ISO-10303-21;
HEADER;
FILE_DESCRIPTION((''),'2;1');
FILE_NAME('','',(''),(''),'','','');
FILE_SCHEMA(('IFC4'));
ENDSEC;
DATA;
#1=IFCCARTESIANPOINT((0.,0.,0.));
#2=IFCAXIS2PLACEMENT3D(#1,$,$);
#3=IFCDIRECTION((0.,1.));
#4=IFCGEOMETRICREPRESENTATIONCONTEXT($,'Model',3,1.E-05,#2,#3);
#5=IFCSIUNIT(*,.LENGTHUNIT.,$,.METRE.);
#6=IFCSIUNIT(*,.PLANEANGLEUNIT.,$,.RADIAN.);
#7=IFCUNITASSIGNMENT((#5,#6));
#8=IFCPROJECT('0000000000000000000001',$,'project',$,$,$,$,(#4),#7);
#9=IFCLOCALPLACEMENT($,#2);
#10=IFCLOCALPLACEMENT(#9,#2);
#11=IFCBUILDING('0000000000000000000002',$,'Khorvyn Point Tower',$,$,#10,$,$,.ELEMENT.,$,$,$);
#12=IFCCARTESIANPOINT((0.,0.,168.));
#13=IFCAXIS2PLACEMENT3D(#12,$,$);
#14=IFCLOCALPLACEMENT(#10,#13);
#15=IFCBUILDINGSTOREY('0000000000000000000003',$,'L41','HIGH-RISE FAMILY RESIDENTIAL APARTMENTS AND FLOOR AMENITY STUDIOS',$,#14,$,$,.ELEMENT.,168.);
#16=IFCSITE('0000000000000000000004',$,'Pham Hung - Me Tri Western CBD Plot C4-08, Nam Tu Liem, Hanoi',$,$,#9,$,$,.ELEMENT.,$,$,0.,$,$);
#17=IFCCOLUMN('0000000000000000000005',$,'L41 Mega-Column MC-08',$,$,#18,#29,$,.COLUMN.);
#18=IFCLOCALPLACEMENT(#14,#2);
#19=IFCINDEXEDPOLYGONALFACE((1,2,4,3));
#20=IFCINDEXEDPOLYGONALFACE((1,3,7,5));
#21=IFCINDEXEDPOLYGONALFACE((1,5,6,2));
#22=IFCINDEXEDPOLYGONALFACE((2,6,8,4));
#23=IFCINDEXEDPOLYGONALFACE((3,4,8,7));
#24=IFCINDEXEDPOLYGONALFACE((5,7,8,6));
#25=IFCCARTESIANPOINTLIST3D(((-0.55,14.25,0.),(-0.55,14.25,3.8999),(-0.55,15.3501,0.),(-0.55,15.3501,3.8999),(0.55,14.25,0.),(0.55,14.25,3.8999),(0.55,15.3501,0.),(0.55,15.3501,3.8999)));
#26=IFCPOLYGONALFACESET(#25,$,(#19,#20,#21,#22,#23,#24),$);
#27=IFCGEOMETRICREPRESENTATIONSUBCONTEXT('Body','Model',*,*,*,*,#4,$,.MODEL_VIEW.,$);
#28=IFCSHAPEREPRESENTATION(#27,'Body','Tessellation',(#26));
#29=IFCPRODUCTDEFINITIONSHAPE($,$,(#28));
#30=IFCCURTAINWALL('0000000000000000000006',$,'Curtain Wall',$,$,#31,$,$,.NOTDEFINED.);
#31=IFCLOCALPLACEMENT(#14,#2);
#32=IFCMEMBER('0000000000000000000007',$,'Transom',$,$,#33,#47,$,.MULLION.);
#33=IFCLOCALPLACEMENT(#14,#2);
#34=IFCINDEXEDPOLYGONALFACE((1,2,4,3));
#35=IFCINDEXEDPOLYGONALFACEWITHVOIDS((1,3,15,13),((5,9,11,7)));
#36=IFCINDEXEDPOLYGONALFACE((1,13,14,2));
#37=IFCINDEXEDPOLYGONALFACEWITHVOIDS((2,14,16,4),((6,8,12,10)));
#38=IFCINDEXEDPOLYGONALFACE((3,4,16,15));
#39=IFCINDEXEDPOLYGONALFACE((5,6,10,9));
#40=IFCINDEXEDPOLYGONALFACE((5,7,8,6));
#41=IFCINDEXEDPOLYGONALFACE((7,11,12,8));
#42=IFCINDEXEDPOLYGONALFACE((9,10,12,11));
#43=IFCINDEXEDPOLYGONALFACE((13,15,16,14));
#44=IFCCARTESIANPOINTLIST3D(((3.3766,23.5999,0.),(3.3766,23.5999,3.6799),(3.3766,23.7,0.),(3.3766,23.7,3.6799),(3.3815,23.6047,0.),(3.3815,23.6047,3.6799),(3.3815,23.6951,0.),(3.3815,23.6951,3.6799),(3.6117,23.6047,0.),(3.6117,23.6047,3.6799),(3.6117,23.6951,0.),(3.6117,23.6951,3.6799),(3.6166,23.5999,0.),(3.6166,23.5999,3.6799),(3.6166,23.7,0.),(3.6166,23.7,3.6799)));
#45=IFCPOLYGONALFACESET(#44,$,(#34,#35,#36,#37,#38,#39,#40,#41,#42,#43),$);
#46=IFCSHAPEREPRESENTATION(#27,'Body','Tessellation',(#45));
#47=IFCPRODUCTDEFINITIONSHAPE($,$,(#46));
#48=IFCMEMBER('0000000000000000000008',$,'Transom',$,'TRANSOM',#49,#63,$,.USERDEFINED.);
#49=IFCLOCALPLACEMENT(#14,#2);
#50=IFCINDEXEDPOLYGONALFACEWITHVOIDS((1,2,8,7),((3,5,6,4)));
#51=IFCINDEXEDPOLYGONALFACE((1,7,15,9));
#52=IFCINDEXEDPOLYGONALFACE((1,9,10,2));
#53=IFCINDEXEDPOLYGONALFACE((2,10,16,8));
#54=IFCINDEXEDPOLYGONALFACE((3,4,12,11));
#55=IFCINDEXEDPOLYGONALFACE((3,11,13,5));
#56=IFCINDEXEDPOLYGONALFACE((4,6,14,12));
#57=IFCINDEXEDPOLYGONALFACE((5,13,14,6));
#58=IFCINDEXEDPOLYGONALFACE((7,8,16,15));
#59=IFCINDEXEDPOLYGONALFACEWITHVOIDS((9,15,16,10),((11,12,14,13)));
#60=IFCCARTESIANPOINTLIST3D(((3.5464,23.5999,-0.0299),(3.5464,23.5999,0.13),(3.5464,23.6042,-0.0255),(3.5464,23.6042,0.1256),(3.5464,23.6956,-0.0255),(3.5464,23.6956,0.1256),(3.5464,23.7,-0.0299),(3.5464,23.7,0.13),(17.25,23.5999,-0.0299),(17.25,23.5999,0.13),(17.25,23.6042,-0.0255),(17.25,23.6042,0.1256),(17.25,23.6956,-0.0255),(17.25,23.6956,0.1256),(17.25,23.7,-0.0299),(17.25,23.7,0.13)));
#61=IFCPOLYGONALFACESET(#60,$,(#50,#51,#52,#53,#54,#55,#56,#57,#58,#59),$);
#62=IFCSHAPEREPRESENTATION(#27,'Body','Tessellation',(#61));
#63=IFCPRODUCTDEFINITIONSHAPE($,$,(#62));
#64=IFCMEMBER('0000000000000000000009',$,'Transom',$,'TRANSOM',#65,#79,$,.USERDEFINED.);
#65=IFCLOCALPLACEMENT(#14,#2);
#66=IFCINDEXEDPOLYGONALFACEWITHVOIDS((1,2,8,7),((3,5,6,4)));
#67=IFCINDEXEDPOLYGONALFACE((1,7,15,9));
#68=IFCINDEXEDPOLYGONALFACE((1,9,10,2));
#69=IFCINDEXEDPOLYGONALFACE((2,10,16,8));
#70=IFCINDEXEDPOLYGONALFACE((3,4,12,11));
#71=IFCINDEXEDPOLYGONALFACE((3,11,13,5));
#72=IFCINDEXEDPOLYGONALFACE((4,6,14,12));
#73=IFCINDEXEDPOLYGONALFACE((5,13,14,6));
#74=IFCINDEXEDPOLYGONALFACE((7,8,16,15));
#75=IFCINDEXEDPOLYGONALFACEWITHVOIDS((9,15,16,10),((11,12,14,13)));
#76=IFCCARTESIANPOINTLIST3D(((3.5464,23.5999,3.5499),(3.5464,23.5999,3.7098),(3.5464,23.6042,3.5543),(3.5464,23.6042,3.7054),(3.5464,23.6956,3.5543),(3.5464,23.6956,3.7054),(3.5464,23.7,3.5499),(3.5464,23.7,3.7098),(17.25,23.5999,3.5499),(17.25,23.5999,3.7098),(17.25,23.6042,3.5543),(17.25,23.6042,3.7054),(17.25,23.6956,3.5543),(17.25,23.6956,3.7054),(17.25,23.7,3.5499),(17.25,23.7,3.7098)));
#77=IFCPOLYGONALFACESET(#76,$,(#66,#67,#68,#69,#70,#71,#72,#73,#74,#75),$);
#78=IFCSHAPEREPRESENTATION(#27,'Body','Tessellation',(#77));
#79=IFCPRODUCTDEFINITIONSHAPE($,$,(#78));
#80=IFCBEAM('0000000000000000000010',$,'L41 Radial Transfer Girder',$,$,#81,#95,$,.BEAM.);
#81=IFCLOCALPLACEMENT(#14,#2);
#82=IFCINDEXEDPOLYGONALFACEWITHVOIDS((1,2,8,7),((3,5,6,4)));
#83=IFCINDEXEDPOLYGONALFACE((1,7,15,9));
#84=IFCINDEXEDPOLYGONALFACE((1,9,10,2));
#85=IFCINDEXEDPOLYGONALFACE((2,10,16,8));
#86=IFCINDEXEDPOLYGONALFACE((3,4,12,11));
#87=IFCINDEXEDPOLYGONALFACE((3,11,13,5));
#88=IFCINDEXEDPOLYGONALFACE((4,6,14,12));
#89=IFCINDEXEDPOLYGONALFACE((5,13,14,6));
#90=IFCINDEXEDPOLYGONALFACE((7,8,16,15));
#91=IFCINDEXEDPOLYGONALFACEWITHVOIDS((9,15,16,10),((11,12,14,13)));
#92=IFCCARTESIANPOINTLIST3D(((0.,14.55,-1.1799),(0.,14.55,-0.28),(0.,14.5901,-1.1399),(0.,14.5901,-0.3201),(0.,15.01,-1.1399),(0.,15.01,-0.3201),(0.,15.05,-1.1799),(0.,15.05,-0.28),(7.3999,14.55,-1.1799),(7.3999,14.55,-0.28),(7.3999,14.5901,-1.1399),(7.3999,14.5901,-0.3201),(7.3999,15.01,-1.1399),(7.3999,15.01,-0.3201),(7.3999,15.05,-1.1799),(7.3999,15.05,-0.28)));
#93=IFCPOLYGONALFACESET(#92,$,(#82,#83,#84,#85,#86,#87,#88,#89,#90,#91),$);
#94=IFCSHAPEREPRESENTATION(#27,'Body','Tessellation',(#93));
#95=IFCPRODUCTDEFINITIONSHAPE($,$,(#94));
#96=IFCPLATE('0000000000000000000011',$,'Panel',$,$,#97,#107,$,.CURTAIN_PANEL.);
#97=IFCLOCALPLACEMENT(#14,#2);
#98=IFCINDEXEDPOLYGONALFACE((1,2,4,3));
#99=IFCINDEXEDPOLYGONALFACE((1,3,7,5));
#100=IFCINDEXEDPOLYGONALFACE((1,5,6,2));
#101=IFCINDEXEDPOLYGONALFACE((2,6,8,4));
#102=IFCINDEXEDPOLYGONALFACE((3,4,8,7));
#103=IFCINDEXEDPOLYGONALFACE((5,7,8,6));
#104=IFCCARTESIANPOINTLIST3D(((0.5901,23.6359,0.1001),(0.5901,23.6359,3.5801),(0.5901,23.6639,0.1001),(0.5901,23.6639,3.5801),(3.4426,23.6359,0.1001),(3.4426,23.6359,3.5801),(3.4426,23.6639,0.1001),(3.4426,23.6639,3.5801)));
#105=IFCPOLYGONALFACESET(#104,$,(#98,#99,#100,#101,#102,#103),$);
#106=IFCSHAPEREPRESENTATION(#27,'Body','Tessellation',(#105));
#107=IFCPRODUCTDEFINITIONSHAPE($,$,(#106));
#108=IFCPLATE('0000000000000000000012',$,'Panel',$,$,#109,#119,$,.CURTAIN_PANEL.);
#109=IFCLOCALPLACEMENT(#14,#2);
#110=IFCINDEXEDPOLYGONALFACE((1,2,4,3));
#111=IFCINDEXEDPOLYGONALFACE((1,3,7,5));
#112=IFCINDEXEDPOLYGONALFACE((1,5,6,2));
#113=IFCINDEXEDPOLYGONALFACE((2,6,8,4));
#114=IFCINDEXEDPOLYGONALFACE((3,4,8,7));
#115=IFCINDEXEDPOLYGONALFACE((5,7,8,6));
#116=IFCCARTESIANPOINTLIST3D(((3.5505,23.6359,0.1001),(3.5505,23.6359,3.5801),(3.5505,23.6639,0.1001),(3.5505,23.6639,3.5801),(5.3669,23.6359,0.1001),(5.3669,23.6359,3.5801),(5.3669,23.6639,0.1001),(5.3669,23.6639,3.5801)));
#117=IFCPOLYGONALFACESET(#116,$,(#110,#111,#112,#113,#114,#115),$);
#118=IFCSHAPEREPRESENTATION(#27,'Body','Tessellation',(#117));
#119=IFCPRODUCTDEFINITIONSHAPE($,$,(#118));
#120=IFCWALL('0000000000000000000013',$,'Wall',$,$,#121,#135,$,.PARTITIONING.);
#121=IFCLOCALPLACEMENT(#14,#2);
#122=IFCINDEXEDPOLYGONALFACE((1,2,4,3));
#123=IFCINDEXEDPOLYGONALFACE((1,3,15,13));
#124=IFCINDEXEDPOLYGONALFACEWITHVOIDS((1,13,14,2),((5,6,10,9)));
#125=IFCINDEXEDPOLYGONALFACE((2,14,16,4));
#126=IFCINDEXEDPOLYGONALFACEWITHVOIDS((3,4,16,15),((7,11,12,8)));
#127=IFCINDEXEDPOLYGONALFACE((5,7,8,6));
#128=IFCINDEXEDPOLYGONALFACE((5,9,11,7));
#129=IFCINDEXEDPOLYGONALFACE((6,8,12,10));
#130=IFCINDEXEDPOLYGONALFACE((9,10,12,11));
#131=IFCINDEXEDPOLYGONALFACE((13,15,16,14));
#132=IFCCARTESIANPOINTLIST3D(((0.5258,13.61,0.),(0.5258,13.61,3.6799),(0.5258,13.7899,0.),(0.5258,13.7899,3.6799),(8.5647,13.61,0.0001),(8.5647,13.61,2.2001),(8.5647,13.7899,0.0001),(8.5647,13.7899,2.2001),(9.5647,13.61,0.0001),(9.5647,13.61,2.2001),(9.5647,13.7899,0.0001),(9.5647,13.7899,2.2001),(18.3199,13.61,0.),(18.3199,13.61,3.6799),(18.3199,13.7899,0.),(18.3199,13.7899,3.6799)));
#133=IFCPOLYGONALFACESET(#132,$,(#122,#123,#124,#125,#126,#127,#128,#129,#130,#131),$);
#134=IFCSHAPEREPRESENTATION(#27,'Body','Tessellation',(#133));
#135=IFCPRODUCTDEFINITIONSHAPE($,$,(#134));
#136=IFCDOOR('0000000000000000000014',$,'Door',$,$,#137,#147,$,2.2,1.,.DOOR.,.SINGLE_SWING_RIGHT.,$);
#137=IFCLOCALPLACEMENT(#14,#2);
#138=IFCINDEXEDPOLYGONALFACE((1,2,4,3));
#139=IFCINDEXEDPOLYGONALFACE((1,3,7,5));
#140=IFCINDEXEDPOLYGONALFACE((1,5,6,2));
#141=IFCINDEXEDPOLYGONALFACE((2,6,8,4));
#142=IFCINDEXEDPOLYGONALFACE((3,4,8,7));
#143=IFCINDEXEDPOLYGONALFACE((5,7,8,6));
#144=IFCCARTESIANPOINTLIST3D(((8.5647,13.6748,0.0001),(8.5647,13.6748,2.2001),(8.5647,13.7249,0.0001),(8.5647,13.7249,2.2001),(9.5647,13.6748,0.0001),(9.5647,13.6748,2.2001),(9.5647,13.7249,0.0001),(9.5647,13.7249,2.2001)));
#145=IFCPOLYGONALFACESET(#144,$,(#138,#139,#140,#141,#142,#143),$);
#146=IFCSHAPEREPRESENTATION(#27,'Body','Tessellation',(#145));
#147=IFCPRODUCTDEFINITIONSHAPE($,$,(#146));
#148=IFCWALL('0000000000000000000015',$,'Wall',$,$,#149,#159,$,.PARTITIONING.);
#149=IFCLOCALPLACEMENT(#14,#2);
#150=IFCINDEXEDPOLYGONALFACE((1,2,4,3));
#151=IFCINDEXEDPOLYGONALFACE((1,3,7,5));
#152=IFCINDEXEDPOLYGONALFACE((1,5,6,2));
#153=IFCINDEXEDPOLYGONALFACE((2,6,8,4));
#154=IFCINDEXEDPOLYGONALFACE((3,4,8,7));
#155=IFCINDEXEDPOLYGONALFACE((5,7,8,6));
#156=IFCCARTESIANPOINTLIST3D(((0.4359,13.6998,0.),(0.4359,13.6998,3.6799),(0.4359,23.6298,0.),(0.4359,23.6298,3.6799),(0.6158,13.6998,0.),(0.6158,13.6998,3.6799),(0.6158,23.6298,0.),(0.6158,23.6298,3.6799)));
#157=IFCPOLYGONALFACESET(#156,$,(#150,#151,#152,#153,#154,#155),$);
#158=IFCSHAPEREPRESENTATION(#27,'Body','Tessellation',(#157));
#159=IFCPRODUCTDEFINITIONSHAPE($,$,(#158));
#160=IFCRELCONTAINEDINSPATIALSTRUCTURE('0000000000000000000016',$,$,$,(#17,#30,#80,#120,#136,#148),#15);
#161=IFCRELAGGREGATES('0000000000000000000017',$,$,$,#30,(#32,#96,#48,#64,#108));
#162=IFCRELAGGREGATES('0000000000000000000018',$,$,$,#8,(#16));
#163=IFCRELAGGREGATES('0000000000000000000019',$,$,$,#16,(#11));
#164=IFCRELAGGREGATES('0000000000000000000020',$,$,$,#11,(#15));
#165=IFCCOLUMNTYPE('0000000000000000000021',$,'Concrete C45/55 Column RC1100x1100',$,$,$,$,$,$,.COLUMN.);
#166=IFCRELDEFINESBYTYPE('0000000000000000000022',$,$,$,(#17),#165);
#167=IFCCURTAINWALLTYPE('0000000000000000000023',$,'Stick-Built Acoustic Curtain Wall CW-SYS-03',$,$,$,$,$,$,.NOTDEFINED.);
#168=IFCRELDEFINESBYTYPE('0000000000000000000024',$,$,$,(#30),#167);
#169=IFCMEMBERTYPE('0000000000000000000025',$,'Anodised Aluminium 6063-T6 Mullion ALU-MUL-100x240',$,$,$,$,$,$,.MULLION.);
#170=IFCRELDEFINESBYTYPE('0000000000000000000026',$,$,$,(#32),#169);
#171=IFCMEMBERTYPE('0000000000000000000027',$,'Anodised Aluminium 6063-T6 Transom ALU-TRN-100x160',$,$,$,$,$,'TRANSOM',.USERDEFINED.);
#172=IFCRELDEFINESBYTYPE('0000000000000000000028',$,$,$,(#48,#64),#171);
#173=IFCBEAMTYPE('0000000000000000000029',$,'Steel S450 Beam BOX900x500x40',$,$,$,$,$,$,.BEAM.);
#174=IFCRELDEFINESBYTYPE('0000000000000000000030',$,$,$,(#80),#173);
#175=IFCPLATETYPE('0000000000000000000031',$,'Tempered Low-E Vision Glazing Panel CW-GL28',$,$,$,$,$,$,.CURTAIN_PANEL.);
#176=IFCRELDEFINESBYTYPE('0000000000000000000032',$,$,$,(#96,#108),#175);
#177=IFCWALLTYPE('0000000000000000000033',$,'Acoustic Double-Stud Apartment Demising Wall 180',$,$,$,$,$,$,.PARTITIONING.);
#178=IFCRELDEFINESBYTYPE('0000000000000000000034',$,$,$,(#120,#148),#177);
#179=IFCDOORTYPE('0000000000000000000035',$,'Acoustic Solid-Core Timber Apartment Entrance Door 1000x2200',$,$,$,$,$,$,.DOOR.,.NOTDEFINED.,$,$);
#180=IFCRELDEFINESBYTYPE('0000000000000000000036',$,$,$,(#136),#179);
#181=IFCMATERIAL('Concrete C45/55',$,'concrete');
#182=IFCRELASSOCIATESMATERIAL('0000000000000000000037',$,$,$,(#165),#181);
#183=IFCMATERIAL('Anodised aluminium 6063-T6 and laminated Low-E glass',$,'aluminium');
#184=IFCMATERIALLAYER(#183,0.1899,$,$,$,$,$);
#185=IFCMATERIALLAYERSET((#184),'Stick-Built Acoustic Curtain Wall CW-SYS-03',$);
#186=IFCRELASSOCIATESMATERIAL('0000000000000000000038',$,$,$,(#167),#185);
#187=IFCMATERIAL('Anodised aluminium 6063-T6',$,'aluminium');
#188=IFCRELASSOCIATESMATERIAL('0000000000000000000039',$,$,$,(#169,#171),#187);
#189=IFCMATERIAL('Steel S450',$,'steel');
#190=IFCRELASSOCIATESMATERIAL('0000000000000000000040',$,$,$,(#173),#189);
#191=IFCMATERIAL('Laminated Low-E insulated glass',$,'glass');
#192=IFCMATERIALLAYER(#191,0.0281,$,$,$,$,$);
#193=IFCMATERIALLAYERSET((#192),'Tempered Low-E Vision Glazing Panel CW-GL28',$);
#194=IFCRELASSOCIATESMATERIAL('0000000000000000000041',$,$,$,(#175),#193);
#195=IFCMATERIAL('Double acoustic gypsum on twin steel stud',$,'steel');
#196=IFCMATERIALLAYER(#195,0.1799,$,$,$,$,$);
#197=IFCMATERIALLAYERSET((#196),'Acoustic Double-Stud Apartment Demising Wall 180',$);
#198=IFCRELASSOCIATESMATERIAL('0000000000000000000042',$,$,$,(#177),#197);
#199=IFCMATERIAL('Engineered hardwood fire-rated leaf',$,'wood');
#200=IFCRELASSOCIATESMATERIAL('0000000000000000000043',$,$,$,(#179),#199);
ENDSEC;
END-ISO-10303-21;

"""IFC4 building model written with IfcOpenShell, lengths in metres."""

from ifc_helpers import new_model, si_unit, direction, frame, frame_2d, origin, origin_2d, place, context, subcontext, project, spatial, rectangle, hollow_rectangle, extrude, material, layer, layer_set, material_profile, profile_set, type_object, element, fill, aggregate, save


model = new_model("IFC4")

# Units and contexts
model_context = context("Model", 3, precision=1e-05, world=origin(), true_north=direction((0.0, 1.0)))
body_context = subcontext(model_context, "Body", "Model", "MODEL_VIEW")
ifc_project = project(units=[si_unit("LENGTHUNIT", "METRE"), si_unit("PLANEANGLEUNIT", "RADIAN")], contexts=[model_context])

# Site, building, storey
site_placement = place(None, origin())
site = spatial("IfcSite", under=ifc_project, at=site_placement, Name="Pham Hung - Me Tri Western CBD Plot C4-08, Nam Tu Liem, Hanoi", CompositionType="ELEMENT", RefElevation=0.0)
building_placement = place(site_placement, origin())
building = spatial("IfcBuilding", under=site, at=building_placement, Name="Khorvyn Point Tower", CompositionType="ELEMENT")
storey_placement = place(building_placement, frame((0.0, 0.0, 168.0)))
storey = spatial("IfcBuildingStorey", under=building, at=storey_placement, Name="L41", Description="HIGH-RISE FAMILY RESIDENTIAL APARTMENTS AND FLOOR AMENITY STUDIOS", CompositionType="ELEMENT", Elevation=168.0)

# Column
ifc_material_1 = material(Name="Concrete C45/55", Category="concrete")
ifc_material_profile_1 = material_profile(ifc_material_1, rectangle(XDim=1.1001, YDim=1.1001, at=origin_2d()))
ifc_profile_set_1 = profile_set([ifc_material_profile_1], Name="Concrete C45/55 RC1100x1100")
column_type = type_object("IfcColumnType", Name="Concrete C45/55 Column RC1100x1100", PredefinedType="COLUMN", material=ifc_profile_set_1)
column_placement = place(storey_placement, frame((0.0, 14.8, 0.0), z_axis=(0.0, 0.0, 1.0), x_axis=(1.0, 0.0, 0.0)))
element("IfcColumn", 1, at=column_placement, inside=storey, type_object=column_type, Name="L41 Mega-Column MC-08", PredefinedType="COLUMN", context=body_context, shape_type="SweptSolid", body=[
    extrude(rectangle(XDim=1.1001, YDim=1.1001, at=origin_2d()), origin(), (0.0, 0.0, 1.0), 3.8999),
])

# Curtain wall, members
ifc_material_2 = material(Name="Anodised aluminium 6063-T6 and laminated Low-E glass", Category="aluminium")
ifc_layer_1 = layer(ifc_material_2, 0.1899)
ifc_layer_set_1 = layer_set([ifc_layer_1], Name="Stick-Built Acoustic Curtain Wall CW-SYS-03")
curtain_wall_type = type_object("IfcCurtainWallType", Name="Stick-Built Acoustic Curtain Wall CW-SYS-03", PredefinedType="NOTDEFINED", material=ifc_layer_set_1)
curtain_wall_placement = place(storey_placement, origin())
curtain_wall = element("IfcCurtainWall", 2, at=curtain_wall_placement, inside=storey, type_object=curtain_wall_type, Name="Curtain Wall", PredefinedType="NOTDEFINED")
ifc_material_3 = material(Name="Anodised aluminium 6063-T6", Category="aluminium")
ifc_material_profile_2 = material_profile(ifc_material_3, hollow_rectangle(XDim=0.1001, YDim=0.24, WallThickness=0.0049, at=origin_2d()))
ifc_profile_set_2 = profile_set([ifc_material_profile_2], Name="Anodised aluminium 6063-T6 ALU-MUL-100x240")
member_type_1 = type_object("IfcMemberType", Name="Anodised Aluminium 6063-T6 Mullion ALU-MUL-100x240", PredefinedType="MULLION", material=ifc_profile_set_2)
member_1_placement = place(storey_placement, frame((3.4966, 23.6499, 0.0), z_axis=(0.0, 0.0, 1.0), x_axis=(0.0, 1.0, 0.0)))
member_1 = element("IfcMember", 3, at=member_1_placement, type_object=member_type_1, Name="Transom", PredefinedType="MULLION", context=body_context, shape_type="SweptSolid", body=[
    extrude(hollow_rectangle(XDim=0.1001, YDim=0.24, WallThickness=0.0049, at=origin_2d()), origin(), (0.0, 0.0, 1.0), 3.6799),
])
ifc_material_profile_3 = material_profile(ifc_material_3, hollow_rectangle(XDim=0.1001, YDim=0.1599, WallThickness=0.0044, at=origin_2d()))
ifc_profile_set_3 = profile_set([ifc_material_profile_3], Name="Anodised aluminium 6063-T6 ALU-TRN-100x160")
member_type_2 = type_object("IfcMemberType", Name="Anodised Aluminium 6063-T6 Transom ALU-TRN-100x160", ElementType="TRANSOM", PredefinedType="USERDEFINED", material=ifc_profile_set_3)
member_2_placement = place(storey_placement, frame((3.5464, 23.6499, 0.05), z_axis=(1.0, 0.0, 0.0), x_axis=(0.0, 1.0, 0.0)))
member_2 = element("IfcMember", 4, at=member_2_placement, type_object=member_type_2, Name="Transom", ObjectType="TRANSOM", PredefinedType="USERDEFINED", context=body_context, shape_type="SweptSolid", body=[
    extrude(hollow_rectangle(XDim=0.1001, YDim=0.1599, WallThickness=0.0044, at=origin_2d()), origin(), (0.0, 0.0, 1.0), 13.7036),
])
member_3_placement = place(storey_placement, frame((3.5464, 23.6499, 3.6299), z_axis=(1.0, 0.0, 0.0), x_axis=(0.0, 1.0, 0.0)))
member_3 = element("IfcMember", 5, at=member_3_placement, type_object=member_type_2, Name="Transom", ObjectType="TRANSOM", PredefinedType="USERDEFINED", context=body_context, shape_type="SweptSolid", body=[
    extrude(hollow_rectangle(XDim=0.1001, YDim=0.1599, WallThickness=0.0044, at=origin_2d()), origin(), (0.0, 0.0, 1.0), 13.7036),
])

# Beam
ifc_material_4 = material(Name="Steel S450", Category="steel")
ifc_material_profile_4 = material_profile(ifc_material_4, hollow_rectangle(XDim=0.5, YDim=0.8999, WallThickness=0.04, at=origin_2d()))
ifc_profile_set_4 = profile_set([ifc_material_profile_4], Name="Steel S450 BOX900x500x40")
beam_type = type_object("IfcBeamType", Name="Steel S450 Beam BOX900x500x40", PredefinedType="BEAM", material=ifc_profile_set_4)
beam_placement = place(storey_placement, frame((0.0, 14.8, -0.73), z_axis=(1.0, 0.0, 0.0), x_axis=(0.0, 1.0, 0.0)))
element("IfcBeam", 6, at=beam_placement, inside=storey, type_object=beam_type, Name="L41 Radial Transfer Girder", PredefinedType="BEAM", context=body_context, shape_type="SweptSolid", body=[
    extrude(hollow_rectangle(XDim=0.5, YDim=0.8999, WallThickness=0.04, at=origin_2d()), origin(), (0.0, 0.0, 1.0), 7.3999),
])

# Plates
ifc_material_5 = material(Name="Laminated Low-E insulated glass", Category="glass")
ifc_layer_2 = layer(ifc_material_5, 0.0281)
ifc_layer_set_2 = layer_set([ifc_layer_2], Name="Tempered Low-E Vision Glazing Panel CW-GL28")
plate_type = type_object("IfcPlateType", Name="Tempered Low-E Vision Glazing Panel CW-GL28", PredefinedType="CURTAIN_PANEL", material=ifc_layer_set_2)
plate_1_placement = place(storey_placement, frame((2.0164, 23.6499, 0.1001), z_axis=(0.0, 0.0, 1.0), x_axis=(1.0, 0.0, 0.0)))
plate_1 = element("IfcPlate", 7, at=plate_1_placement, type_object=plate_type, Name="Panel", PredefinedType="CURTAIN_PANEL", context=body_context, shape_type="SweptSolid", body=[
    extrude(rectangle(XDim=2.8525, YDim=0.0281, at=origin_2d()), origin(), (0.0, 0.0, 1.0), 3.48),
])
plate_2_placement = place(storey_placement, frame((4.4587, 23.6499, 0.1001), z_axis=(0.0, 0.0, 1.0), x_axis=(1.0, 0.0, 0.0)))
plate_2 = element("IfcPlate", 8, at=plate_2_placement, type_object=plate_type, Name="Panel", PredefinedType="CURTAIN_PANEL", context=body_context, shape_type="SweptSolid", body=[
    extrude(rectangle(XDim=1.8164, YDim=0.0281, at=origin_2d()), origin(), (0.0, 0.0, 1.0), 3.48),
])
aggregate(curtain_wall, [member_1, plate_1, member_2, member_3, plate_2])

# Wall, opening, door
ifc_material_6 = material(Name="Double acoustic gypsum on twin steel stud", Category="steel")
ifc_layer_3 = layer(ifc_material_6, 0.1799)
ifc_layer_set_3 = layer_set([ifc_layer_3], Name="Acoustic Double-Stud Apartment Demising Wall 180")
wall_type_1 = type_object("IfcWallType", Name="Acoustic Double-Stud Apartment Demising Wall 180", PredefinedType="PARTITIONING", material=ifc_layer_set_3)
wall_1_placement = place(storey_placement, frame((0.5259, 13.7, 0.0), z_axis=(0.0, 0.0, 1.0), x_axis=(1.0, 0.0, 0.0)))
wall_1 = element("IfcWall", 9, at=wall_1_placement, inside=storey, type_object=wall_type_1, Name="Wall", PredefinedType="PARTITIONING", context=body_context, shape_type="SweptSolid", body=[
    extrude(rectangle(XDim=17.7942, YDim=0.1799, at=frame_2d((8.897, 0.0))), origin(), (0.0, 0.0, 1.0), 3.6799),
])
opening_1_placement = place(wall_1_placement, frame((8.0388, 0.0, 0.0)))
opening_1 = element("IfcOpeningElement", 10, at=opening_1_placement, cuts=wall_1, PredefinedType="OPENING", context=body_context, shape_type="SweptSolid", body=[
    extrude(rectangle(XDim=1.0, YDim=2.2, at=frame_2d((0.5, 1.1001))), frame((0.0, 0.0999, 0.0), z_axis=(0.0, -1.0, 0.0), x_axis=(1.0, 0.0, 0.0)), (0.0, 0.0, 1.0), 0.2),
])
ifc_material_7 = material(Name="Engineered hardwood fire-rated leaf", Category="wood")
door_type_1 = type_object("IfcDoorType", Name="Acoustic Solid-Core Timber Apartment Entrance Door 1000x2200", OperationType="NOTDEFINED", PredefinedType="DOOR", material=ifc_material_7)
door_1_placement = place(opening_1_placement, origin())
door_1 = element("IfcDoor", 11, at=door_1_placement, inside=storey, type_object=door_type_1, Name="Door", OperationType="SINGLE_SWING_RIGHT", OverallHeight=2.2, OverallWidth=1.0, PredefinedType="DOOR", context=body_context, shape_type="SweptSolid", body=[
    extrude(rectangle(XDim=1.0, YDim=2.2, at=frame_2d((0.5, 1.1001))), frame((0.0, 0.0249, 0.0), z_axis=(0.0, -1.0, 0.0), x_axis=(1.0, 0.0, 0.0)), (0.0, 0.0, 1.0), 0.05),
])
fill(opening_1, door_1)

# Wall
wall_2_placement = place(storey_placement, frame((0.5259, 13.7, 0.0), z_axis=(0.0, 0.0, 1.0), x_axis=(0.0, 1.0, 0.0)))
element("IfcWall", 12, at=wall_2_placement, inside=storey, type_object=wall_type_1, Name="Wall", PredefinedType="PARTITIONING", context=body_context, shape_type="SweptSolid", body=[
    extrude(rectangle(XDim=9.9299, YDim=0.1799, at=frame_2d((4.9648, 0.0))), origin(), (0.0, 0.0, 1.0), 3.6799),
])

save(model, "model.ifc")
